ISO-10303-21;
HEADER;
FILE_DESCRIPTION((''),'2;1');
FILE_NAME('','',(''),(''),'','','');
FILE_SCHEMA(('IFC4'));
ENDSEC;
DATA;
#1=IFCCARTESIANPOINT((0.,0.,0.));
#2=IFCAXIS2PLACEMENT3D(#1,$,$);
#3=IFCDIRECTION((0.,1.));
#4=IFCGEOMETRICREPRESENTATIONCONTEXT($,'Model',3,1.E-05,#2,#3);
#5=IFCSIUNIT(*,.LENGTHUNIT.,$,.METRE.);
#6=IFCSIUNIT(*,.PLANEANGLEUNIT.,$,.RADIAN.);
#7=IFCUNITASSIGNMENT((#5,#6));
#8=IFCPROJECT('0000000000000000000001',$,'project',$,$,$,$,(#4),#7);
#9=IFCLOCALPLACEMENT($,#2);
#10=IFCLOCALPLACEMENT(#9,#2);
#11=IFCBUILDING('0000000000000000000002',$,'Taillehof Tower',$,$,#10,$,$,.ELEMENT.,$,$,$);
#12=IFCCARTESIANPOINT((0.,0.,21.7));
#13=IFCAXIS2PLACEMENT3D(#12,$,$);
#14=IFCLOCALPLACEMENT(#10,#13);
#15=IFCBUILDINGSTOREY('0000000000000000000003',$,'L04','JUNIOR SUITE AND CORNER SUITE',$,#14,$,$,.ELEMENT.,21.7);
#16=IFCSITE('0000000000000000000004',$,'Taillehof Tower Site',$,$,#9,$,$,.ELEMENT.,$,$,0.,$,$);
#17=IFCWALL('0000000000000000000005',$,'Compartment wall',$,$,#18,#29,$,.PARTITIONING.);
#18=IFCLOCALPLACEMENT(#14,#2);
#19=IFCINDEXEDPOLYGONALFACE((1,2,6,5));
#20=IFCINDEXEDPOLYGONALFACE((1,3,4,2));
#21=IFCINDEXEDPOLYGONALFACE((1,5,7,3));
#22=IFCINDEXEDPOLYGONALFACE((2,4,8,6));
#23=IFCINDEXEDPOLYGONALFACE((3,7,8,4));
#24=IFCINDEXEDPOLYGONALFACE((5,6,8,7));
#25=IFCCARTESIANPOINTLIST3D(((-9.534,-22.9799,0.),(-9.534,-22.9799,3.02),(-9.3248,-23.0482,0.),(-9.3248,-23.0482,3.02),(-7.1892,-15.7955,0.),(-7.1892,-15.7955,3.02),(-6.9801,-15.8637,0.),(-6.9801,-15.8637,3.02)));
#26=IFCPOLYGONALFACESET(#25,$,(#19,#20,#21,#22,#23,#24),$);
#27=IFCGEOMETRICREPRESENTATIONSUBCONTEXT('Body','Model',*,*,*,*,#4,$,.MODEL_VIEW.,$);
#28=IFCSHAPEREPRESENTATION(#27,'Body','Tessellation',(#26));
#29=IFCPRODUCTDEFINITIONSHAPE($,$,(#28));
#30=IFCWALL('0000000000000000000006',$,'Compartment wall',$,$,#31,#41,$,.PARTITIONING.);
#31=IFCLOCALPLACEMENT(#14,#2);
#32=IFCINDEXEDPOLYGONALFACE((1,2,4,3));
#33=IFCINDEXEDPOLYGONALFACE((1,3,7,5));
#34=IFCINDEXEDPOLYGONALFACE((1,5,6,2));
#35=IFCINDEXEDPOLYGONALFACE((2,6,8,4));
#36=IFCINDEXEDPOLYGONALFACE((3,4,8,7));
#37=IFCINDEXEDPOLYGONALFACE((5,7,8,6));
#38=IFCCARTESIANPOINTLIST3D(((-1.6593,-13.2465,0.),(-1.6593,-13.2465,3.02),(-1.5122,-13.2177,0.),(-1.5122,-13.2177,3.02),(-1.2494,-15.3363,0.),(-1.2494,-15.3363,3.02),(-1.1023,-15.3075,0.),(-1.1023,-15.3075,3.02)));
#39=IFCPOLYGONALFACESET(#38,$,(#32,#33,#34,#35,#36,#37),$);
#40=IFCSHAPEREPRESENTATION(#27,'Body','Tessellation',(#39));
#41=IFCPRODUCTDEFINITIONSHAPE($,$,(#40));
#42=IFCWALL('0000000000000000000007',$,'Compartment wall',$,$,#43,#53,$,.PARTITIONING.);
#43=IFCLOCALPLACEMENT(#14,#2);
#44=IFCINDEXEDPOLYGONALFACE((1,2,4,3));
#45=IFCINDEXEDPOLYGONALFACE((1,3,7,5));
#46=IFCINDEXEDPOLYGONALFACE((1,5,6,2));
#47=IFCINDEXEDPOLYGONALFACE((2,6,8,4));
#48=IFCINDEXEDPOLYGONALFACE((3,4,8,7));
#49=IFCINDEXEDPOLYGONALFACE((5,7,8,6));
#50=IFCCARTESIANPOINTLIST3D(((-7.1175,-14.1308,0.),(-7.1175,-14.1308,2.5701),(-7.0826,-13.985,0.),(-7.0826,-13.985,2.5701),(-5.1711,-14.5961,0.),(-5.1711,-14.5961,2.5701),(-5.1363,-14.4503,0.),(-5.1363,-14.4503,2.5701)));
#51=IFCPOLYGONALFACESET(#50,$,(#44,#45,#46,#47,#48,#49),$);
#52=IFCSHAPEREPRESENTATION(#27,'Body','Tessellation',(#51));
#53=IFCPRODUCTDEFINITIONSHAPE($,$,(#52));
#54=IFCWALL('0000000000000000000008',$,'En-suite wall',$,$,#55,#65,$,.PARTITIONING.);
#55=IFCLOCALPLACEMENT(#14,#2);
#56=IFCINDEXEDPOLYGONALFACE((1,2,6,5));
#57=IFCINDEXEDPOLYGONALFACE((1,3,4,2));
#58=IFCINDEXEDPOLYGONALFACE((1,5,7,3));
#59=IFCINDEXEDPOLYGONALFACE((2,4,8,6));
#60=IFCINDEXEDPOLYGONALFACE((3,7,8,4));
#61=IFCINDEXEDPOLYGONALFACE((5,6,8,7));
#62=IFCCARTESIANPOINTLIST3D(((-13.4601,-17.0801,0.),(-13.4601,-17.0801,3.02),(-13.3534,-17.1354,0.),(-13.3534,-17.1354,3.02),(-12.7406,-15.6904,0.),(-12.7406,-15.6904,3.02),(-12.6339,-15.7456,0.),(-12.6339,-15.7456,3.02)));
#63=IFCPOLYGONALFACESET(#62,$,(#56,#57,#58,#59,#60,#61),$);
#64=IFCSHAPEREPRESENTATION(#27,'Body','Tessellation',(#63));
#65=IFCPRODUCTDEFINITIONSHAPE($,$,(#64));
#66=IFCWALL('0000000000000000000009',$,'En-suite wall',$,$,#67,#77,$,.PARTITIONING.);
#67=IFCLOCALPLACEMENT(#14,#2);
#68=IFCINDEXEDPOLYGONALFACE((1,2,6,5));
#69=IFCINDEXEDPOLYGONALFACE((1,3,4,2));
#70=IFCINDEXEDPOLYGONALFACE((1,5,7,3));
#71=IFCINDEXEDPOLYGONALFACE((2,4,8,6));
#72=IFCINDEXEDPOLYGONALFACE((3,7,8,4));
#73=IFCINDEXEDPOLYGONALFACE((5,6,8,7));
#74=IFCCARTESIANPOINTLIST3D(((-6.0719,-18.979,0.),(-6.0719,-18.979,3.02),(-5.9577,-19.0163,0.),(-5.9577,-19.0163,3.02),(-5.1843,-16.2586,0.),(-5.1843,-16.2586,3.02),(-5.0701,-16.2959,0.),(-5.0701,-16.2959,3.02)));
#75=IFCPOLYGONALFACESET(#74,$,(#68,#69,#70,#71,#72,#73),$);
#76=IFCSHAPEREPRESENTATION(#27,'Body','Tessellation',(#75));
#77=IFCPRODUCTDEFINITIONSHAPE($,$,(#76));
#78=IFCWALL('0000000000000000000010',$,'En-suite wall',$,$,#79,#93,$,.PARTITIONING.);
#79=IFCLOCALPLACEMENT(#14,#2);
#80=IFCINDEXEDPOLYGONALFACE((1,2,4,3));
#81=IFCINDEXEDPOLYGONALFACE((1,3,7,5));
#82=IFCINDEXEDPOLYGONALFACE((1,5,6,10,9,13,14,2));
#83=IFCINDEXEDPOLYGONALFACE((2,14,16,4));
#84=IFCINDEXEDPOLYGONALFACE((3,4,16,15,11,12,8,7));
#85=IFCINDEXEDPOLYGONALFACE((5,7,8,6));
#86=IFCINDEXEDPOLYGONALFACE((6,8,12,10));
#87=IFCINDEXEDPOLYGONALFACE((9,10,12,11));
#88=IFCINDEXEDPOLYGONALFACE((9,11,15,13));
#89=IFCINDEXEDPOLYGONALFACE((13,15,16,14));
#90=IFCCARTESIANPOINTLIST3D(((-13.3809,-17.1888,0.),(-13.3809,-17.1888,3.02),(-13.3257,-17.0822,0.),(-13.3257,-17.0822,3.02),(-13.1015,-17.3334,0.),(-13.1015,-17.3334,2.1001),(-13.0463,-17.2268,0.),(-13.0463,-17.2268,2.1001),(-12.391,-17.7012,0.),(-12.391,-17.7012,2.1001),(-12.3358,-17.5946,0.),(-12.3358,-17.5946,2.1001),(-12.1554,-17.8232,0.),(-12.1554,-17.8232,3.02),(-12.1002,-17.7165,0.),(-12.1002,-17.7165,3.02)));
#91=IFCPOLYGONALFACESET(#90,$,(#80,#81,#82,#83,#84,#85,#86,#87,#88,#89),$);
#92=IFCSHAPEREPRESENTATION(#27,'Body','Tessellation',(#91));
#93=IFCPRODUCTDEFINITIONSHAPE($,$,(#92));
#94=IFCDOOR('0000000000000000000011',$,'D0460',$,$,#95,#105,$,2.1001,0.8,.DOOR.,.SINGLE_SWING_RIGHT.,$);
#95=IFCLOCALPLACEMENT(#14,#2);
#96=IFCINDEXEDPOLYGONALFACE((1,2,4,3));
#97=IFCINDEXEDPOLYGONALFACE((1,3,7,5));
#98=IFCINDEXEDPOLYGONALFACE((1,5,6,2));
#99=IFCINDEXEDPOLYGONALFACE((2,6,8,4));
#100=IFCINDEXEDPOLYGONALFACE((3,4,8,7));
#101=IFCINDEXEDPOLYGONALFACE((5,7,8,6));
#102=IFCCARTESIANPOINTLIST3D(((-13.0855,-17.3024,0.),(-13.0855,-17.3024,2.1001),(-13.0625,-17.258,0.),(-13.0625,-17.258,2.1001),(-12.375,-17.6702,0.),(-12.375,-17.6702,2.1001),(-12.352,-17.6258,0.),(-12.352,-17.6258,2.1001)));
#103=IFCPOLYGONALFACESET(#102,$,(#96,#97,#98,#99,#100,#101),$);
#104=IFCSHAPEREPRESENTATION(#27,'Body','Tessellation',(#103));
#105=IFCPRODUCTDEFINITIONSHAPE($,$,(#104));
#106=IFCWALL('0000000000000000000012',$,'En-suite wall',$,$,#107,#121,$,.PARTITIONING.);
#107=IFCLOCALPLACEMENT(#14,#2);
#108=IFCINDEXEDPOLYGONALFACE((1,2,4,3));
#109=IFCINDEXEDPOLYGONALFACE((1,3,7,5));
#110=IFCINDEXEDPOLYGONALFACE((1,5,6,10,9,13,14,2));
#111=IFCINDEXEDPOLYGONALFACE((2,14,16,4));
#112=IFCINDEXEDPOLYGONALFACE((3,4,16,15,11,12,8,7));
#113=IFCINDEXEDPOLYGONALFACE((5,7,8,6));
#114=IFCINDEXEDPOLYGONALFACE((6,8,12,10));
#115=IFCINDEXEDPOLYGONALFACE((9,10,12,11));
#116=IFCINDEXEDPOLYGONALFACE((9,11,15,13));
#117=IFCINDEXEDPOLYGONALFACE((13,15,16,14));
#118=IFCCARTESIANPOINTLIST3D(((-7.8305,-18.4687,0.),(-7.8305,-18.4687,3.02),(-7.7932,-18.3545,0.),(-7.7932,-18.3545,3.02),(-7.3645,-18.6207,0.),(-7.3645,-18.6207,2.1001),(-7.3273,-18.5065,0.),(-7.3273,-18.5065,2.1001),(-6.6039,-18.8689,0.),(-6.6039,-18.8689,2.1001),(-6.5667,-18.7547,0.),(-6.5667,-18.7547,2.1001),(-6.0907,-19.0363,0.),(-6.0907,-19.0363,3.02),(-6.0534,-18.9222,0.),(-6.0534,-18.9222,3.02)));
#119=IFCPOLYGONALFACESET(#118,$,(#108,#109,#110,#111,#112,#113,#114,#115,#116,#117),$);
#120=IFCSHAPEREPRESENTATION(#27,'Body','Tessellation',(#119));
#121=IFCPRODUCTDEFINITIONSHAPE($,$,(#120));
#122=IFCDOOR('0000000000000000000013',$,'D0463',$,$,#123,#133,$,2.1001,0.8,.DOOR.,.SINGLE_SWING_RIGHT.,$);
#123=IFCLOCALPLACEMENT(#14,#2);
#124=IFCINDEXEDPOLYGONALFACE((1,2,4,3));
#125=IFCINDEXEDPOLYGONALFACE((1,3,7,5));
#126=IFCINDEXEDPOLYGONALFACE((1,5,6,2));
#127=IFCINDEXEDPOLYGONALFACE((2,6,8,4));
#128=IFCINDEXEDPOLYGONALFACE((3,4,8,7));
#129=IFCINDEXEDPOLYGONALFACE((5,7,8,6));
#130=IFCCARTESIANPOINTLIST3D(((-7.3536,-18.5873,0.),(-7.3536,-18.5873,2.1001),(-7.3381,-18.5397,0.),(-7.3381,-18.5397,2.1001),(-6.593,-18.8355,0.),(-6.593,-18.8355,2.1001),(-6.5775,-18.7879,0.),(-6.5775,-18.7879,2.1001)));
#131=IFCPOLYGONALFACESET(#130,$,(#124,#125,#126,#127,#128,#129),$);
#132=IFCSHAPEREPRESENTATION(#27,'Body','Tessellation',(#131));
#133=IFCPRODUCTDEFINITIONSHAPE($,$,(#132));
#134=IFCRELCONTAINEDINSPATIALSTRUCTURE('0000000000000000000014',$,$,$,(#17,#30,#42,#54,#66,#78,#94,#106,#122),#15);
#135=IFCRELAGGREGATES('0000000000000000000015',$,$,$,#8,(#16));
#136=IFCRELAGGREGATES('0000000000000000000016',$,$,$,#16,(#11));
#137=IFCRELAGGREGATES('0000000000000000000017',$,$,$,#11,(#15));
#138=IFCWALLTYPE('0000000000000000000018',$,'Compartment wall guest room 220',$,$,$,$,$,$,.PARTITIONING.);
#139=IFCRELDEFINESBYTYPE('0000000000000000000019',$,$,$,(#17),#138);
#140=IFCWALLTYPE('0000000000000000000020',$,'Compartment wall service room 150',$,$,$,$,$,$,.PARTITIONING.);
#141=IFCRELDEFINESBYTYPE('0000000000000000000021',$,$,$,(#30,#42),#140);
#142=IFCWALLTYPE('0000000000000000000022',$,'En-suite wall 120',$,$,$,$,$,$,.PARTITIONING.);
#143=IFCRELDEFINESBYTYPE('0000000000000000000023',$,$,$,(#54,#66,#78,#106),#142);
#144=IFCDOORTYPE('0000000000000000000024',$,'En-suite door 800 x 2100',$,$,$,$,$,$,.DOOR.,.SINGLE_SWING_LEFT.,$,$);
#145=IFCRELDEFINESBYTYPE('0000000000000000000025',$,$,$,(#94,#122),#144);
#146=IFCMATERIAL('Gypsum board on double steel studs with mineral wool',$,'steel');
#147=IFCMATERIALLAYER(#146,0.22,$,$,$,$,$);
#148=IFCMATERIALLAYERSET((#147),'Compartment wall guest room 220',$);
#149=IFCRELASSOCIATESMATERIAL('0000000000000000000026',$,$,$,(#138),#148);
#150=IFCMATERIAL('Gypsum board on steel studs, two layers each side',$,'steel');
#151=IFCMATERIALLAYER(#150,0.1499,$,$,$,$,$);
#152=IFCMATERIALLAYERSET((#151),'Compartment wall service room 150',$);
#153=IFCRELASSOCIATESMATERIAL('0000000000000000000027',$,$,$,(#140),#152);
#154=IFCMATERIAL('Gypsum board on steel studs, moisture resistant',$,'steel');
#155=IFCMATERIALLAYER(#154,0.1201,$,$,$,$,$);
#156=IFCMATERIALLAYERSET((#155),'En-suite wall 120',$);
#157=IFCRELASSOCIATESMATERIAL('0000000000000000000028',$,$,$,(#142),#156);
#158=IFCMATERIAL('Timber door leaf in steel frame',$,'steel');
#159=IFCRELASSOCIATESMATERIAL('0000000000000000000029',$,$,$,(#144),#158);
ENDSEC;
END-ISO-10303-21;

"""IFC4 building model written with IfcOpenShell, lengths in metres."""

from ifc_helpers import new_model, si_unit, direction, frame, frame_2d, origin, place, context, subcontext, project, spatial, rectangle, extrude, material, layer, layer_set, type_object, element, fill, save


model = new_model("IFC4")

# Units and contexts
model_context = context("Model", 3, precision=1e-05, world=origin(), true_north=direction((0.0, 1.0)))
body_context = subcontext(model_context, "Body", "Model", "MODEL_VIEW")
ifc_project = project(units=[si_unit("LENGTHUNIT", "METRE"), si_unit("PLANEANGLEUNIT", "RADIAN")], contexts=[model_context])

# Site, building, storey
site_placement = place(None, origin())
site = spatial("IfcSite", under=ifc_project, at=site_placement, Name="Taillehof Tower Site", CompositionType="ELEMENT", RefElevation=0.0)
building_placement = place(site_placement, origin())
building = spatial("IfcBuilding", under=site, at=building_placement, Name="Taillehof Tower", CompositionType="ELEMENT")
storey_placement = place(building_placement, frame((0.0, 0.0, 21.7)))
storey = spatial("IfcBuildingStorey", under=building, at=storey_placement, Name="L04", Description="JUNIOR SUITE AND CORNER SUITE", CompositionType="ELEMENT", Elevation=21.7)

# Walls
ifc_material_1 = material(Name="Gypsum board on double steel studs with mineral wool", Category="steel")
ifc_layer_1 = layer(ifc_material_1, 0.22)
ifc_layer_set_1 = layer_set([ifc_layer_1], Name="Compartment wall guest room 220")
wall_type_1 = type_object("IfcWallType", Name="Compartment wall guest room 220", PredefinedType="PARTITIONING", material=ifc_layer_set_1)
wall_1_placement = place(storey_placement, frame((-9.4294, -23.0142, 0.0), z_axis=(0.0, 0.0, 1.0), x_axis=(0.310261, 0.950651, 0.0)))
element("IfcWall", 1, at=wall_1_placement, inside=storey, type_object=wall_type_1, Name="Compartment wall", PredefinedType="PARTITIONING", context=body_context, shape_type="SweptSolid", body=[
    extrude(rectangle(XDim=7.5574, YDim=0.22, at=frame_2d((3.7788, 0.0))), origin(), (0.0, 0.0, 1.0), 3.02),
])
ifc_material_2 = material(Name="Gypsum board on steel studs, two layers each side", Category="steel")
ifc_layer_2 = layer(ifc_material_2, 0.1499)
ifc_layer_set_2 = layer_set([ifc_layer_2], Name="Compartment wall service room 150")
wall_type_2 = type_object("IfcWallType", Name="Compartment wall service room 150", PredefinedType="PARTITIONING", material=ifc_layer_set_2)
wall_2_placement = place(storey_placement, frame((-1.1758, -15.322, 0.0), z_axis=(0.0, 0.0, 1.0), x_axis=(-0.192477, 0.981301, 0.0)))
element("IfcWall", 2, at=wall_2_placement, inside=storey, type_object=wall_type_2, Name="Compartment wall", PredefinedType="PARTITIONING", context=body_context, shape_type="SweptSolid", body=[
    extrude(rectangle(XDim=2.1296, YDim=0.1499, at=frame_2d((1.0649, 0.0))), origin(), (0.0, 0.0, 1.0), 3.02),
])
wall_3_placement = place(storey_placement, frame((-5.1538, -14.5232, 0.0), z_axis=(0.0, 0.0, 1.0), x_axis=(-0.972588, 0.232533, 0.0)))
element("IfcWall", 3, at=wall_3_placement, inside=storey, type_object=wall_type_2, Name="Compartment wall", PredefinedType="PARTITIONING", context=body_context, shape_type="SweptSolid", body=[
    extrude(rectangle(XDim=2.0012, YDim=0.1499, at=frame_2d((1.0005, 0.0))), origin(), (0.0, 0.0, 1.0), 2.5701),
])
ifc_material_3 = material(Name="Gypsum board on steel studs, moisture resistant", Category="steel")
ifc_layer_3 = layer(ifc_material_3, 0.1201)
ifc_layer_set_3 = layer_set([ifc_layer_3], Name="En-suite wall 120")
wall_type_3 = type_object("IfcWallType", Name="En-suite wall 120", PredefinedType="PARTITIONING", material=ifc_layer_set_3)
wall_4_placement = place(storey_placement, frame((-12.6873, -15.718, 0.0), z_axis=(0.0, 0.0, 1.0), x_axis=(-0.459775, -0.888035, 0.0)))
element("IfcWall", 4, at=wall_4_placement, inside=storey, type_object=wall_type_3, Name="En-suite wall", PredefinedType="PARTITIONING", context=body_context, shape_type="SweptSolid", body=[
    extrude(rectangle(XDim=1.5649, YDim=0.1201, at=frame_2d((0.7825, 0.0))), origin(), (0.0, 0.0, 1.0), 3.02),
])
wall_5_placement = place(storey_placement, frame((-5.1272, -16.2773, 0.0), z_axis=(0.0, 0.0, 1.0), x_axis=(-0.310207, -0.950669, 0.0)))
element("IfcWall", 5, at=wall_5_placement, inside=storey, type_object=wall_type_3, Name="En-suite wall", PredefinedType="PARTITIONING", context=body_context, shape_type="SweptSolid", body=[
    extrude(rectangle(XDim=2.8616, YDim=0.1201, at=frame_2d((1.4307, 0.0))), origin(), (0.0, 0.0, 1.0), 3.02),
])

# Walls, openings, doors
wall_6_placement = place(storey_placement, frame((-13.3533, -17.1355, 0.0), z_axis=(0.0, 0.0, 1.0), x_axis=(0.888076, -0.459697, 0.0)))
wall_6 = element("IfcWall", 6, at=wall_6_placement, inside=storey, type_object=wall_type_3, Name="En-suite wall", PredefinedType="PARTITIONING", context=body_context, shape_type="SweptSolid", body=[
    extrude(rectangle(XDim=1.3799, YDim=0.1201, at=frame_2d((0.6899, 0.0))), origin(), (0.0, 0.0, 1.0), 3.02),
])
opening_1_placement = place(wall_6_placement, frame((0.3147, 0.0, 0.0)))
opening_1 = element("IfcOpeningElement", 7, at=opening_1_placement, cuts=wall_6, PredefinedType="OPENING", context=body_context, shape_type="SweptSolid", body=[
    extrude(rectangle(XDim=0.8, YDim=2.1001, at=frame_2d((0.3999, 1.05))), frame((0.0, 0.0701, 0.0), z_axis=(0.0, -1.0, 0.0), x_axis=(1.0, 0.0, 0.0)), (0.0, 0.0, 1.0), 0.1401),
])
ifc_material_4 = material(Name="Timber door leaf in steel frame", Category="steel")
door_type_1 = type_object("IfcDoorType", Name="En-suite door 800 x 2100", OperationType="SINGLE_SWING_LEFT", PredefinedType="DOOR", material=ifc_material_4)
door_1_placement = place(opening_1_placement, origin())
door_1 = element("IfcDoor", 8, at=door_1_placement, inside=storey, type_object=door_type_1, Name="D0460", OperationType="SINGLE_SWING_RIGHT", OverallHeight=2.1001, OverallWidth=0.8, PredefinedType="DOOR", context=body_context, shape_type="SweptSolid", body=[
    extrude(rectangle(XDim=0.8, YDim=2.1001, at=frame_2d((0.3999, 1.05))), frame((0.0, 0.0249, 0.0), z_axis=(0.0, -1.0, 0.0), x_axis=(1.0, 0.0, 0.0)), (0.0, 0.0, 1.0), 0.05),
])
fill(opening_1, door_1)
wall_7_placement = place(storey_placement, frame((-6.072, -18.9792, 0.0), z_axis=(0.0, 0.0, 1.0), x_axis=(-0.950679, 0.310178, 0.0)))
wall_7 = element("IfcWall", 9, at=wall_7_placement, inside=storey, type_object=wall_type_3, Name="En-suite wall", PredefinedType="PARTITIONING", context=body_context, shape_type="SweptSolid", body=[
    extrude(rectangle(XDim=1.8301, YDim=0.1201, at=frame_2d((0.915, 0.0))), origin(), (0.0, 0.0, 1.0), 3.02),
])
opening_2_placement = place(wall_7_placement, frame((0.54, 0.0, 0.0)))
opening_2 = element("IfcOpeningElement", 10, at=opening_2_placement, cuts=wall_7, PredefinedType="OPENING", context=body_context, shape_type="SweptSolid", body=[
    extrude(rectangle(XDim=0.8, YDim=2.1001, at=frame_2d((0.3999, 1.05))), frame((0.0, 0.0701, 0.0), z_axis=(0.0, -1.0, 0.0), x_axis=(1.0, 0.0, 0.0)), (0.0, 0.0, 1.0), 0.1401),
])
door_2_placement = place(opening_2_placement, origin())
door_2 = element("IfcDoor", 11, at=door_2_placement, inside=storey, type_object=door_type_1, Name="D0463", OperationType="SINGLE_SWING_RIGHT", OverallHeight=2.1001, OverallWidth=0.8, PredefinedType="DOOR", context=body_context, shape_type="SweptSolid", body=[
    extrude(rectangle(XDim=0.8, YDim=2.1001, at=frame_2d((0.3999, 1.05))), frame((0.0, 0.0249, 0.0), z_axis=(0.0, -1.0, 0.0), x_axis=(1.0, 0.0, 0.0)), (0.0, 0.0, 1.0), 0.05),
])
fill(opening_2, door_2)

save(model, "model.ifc")
